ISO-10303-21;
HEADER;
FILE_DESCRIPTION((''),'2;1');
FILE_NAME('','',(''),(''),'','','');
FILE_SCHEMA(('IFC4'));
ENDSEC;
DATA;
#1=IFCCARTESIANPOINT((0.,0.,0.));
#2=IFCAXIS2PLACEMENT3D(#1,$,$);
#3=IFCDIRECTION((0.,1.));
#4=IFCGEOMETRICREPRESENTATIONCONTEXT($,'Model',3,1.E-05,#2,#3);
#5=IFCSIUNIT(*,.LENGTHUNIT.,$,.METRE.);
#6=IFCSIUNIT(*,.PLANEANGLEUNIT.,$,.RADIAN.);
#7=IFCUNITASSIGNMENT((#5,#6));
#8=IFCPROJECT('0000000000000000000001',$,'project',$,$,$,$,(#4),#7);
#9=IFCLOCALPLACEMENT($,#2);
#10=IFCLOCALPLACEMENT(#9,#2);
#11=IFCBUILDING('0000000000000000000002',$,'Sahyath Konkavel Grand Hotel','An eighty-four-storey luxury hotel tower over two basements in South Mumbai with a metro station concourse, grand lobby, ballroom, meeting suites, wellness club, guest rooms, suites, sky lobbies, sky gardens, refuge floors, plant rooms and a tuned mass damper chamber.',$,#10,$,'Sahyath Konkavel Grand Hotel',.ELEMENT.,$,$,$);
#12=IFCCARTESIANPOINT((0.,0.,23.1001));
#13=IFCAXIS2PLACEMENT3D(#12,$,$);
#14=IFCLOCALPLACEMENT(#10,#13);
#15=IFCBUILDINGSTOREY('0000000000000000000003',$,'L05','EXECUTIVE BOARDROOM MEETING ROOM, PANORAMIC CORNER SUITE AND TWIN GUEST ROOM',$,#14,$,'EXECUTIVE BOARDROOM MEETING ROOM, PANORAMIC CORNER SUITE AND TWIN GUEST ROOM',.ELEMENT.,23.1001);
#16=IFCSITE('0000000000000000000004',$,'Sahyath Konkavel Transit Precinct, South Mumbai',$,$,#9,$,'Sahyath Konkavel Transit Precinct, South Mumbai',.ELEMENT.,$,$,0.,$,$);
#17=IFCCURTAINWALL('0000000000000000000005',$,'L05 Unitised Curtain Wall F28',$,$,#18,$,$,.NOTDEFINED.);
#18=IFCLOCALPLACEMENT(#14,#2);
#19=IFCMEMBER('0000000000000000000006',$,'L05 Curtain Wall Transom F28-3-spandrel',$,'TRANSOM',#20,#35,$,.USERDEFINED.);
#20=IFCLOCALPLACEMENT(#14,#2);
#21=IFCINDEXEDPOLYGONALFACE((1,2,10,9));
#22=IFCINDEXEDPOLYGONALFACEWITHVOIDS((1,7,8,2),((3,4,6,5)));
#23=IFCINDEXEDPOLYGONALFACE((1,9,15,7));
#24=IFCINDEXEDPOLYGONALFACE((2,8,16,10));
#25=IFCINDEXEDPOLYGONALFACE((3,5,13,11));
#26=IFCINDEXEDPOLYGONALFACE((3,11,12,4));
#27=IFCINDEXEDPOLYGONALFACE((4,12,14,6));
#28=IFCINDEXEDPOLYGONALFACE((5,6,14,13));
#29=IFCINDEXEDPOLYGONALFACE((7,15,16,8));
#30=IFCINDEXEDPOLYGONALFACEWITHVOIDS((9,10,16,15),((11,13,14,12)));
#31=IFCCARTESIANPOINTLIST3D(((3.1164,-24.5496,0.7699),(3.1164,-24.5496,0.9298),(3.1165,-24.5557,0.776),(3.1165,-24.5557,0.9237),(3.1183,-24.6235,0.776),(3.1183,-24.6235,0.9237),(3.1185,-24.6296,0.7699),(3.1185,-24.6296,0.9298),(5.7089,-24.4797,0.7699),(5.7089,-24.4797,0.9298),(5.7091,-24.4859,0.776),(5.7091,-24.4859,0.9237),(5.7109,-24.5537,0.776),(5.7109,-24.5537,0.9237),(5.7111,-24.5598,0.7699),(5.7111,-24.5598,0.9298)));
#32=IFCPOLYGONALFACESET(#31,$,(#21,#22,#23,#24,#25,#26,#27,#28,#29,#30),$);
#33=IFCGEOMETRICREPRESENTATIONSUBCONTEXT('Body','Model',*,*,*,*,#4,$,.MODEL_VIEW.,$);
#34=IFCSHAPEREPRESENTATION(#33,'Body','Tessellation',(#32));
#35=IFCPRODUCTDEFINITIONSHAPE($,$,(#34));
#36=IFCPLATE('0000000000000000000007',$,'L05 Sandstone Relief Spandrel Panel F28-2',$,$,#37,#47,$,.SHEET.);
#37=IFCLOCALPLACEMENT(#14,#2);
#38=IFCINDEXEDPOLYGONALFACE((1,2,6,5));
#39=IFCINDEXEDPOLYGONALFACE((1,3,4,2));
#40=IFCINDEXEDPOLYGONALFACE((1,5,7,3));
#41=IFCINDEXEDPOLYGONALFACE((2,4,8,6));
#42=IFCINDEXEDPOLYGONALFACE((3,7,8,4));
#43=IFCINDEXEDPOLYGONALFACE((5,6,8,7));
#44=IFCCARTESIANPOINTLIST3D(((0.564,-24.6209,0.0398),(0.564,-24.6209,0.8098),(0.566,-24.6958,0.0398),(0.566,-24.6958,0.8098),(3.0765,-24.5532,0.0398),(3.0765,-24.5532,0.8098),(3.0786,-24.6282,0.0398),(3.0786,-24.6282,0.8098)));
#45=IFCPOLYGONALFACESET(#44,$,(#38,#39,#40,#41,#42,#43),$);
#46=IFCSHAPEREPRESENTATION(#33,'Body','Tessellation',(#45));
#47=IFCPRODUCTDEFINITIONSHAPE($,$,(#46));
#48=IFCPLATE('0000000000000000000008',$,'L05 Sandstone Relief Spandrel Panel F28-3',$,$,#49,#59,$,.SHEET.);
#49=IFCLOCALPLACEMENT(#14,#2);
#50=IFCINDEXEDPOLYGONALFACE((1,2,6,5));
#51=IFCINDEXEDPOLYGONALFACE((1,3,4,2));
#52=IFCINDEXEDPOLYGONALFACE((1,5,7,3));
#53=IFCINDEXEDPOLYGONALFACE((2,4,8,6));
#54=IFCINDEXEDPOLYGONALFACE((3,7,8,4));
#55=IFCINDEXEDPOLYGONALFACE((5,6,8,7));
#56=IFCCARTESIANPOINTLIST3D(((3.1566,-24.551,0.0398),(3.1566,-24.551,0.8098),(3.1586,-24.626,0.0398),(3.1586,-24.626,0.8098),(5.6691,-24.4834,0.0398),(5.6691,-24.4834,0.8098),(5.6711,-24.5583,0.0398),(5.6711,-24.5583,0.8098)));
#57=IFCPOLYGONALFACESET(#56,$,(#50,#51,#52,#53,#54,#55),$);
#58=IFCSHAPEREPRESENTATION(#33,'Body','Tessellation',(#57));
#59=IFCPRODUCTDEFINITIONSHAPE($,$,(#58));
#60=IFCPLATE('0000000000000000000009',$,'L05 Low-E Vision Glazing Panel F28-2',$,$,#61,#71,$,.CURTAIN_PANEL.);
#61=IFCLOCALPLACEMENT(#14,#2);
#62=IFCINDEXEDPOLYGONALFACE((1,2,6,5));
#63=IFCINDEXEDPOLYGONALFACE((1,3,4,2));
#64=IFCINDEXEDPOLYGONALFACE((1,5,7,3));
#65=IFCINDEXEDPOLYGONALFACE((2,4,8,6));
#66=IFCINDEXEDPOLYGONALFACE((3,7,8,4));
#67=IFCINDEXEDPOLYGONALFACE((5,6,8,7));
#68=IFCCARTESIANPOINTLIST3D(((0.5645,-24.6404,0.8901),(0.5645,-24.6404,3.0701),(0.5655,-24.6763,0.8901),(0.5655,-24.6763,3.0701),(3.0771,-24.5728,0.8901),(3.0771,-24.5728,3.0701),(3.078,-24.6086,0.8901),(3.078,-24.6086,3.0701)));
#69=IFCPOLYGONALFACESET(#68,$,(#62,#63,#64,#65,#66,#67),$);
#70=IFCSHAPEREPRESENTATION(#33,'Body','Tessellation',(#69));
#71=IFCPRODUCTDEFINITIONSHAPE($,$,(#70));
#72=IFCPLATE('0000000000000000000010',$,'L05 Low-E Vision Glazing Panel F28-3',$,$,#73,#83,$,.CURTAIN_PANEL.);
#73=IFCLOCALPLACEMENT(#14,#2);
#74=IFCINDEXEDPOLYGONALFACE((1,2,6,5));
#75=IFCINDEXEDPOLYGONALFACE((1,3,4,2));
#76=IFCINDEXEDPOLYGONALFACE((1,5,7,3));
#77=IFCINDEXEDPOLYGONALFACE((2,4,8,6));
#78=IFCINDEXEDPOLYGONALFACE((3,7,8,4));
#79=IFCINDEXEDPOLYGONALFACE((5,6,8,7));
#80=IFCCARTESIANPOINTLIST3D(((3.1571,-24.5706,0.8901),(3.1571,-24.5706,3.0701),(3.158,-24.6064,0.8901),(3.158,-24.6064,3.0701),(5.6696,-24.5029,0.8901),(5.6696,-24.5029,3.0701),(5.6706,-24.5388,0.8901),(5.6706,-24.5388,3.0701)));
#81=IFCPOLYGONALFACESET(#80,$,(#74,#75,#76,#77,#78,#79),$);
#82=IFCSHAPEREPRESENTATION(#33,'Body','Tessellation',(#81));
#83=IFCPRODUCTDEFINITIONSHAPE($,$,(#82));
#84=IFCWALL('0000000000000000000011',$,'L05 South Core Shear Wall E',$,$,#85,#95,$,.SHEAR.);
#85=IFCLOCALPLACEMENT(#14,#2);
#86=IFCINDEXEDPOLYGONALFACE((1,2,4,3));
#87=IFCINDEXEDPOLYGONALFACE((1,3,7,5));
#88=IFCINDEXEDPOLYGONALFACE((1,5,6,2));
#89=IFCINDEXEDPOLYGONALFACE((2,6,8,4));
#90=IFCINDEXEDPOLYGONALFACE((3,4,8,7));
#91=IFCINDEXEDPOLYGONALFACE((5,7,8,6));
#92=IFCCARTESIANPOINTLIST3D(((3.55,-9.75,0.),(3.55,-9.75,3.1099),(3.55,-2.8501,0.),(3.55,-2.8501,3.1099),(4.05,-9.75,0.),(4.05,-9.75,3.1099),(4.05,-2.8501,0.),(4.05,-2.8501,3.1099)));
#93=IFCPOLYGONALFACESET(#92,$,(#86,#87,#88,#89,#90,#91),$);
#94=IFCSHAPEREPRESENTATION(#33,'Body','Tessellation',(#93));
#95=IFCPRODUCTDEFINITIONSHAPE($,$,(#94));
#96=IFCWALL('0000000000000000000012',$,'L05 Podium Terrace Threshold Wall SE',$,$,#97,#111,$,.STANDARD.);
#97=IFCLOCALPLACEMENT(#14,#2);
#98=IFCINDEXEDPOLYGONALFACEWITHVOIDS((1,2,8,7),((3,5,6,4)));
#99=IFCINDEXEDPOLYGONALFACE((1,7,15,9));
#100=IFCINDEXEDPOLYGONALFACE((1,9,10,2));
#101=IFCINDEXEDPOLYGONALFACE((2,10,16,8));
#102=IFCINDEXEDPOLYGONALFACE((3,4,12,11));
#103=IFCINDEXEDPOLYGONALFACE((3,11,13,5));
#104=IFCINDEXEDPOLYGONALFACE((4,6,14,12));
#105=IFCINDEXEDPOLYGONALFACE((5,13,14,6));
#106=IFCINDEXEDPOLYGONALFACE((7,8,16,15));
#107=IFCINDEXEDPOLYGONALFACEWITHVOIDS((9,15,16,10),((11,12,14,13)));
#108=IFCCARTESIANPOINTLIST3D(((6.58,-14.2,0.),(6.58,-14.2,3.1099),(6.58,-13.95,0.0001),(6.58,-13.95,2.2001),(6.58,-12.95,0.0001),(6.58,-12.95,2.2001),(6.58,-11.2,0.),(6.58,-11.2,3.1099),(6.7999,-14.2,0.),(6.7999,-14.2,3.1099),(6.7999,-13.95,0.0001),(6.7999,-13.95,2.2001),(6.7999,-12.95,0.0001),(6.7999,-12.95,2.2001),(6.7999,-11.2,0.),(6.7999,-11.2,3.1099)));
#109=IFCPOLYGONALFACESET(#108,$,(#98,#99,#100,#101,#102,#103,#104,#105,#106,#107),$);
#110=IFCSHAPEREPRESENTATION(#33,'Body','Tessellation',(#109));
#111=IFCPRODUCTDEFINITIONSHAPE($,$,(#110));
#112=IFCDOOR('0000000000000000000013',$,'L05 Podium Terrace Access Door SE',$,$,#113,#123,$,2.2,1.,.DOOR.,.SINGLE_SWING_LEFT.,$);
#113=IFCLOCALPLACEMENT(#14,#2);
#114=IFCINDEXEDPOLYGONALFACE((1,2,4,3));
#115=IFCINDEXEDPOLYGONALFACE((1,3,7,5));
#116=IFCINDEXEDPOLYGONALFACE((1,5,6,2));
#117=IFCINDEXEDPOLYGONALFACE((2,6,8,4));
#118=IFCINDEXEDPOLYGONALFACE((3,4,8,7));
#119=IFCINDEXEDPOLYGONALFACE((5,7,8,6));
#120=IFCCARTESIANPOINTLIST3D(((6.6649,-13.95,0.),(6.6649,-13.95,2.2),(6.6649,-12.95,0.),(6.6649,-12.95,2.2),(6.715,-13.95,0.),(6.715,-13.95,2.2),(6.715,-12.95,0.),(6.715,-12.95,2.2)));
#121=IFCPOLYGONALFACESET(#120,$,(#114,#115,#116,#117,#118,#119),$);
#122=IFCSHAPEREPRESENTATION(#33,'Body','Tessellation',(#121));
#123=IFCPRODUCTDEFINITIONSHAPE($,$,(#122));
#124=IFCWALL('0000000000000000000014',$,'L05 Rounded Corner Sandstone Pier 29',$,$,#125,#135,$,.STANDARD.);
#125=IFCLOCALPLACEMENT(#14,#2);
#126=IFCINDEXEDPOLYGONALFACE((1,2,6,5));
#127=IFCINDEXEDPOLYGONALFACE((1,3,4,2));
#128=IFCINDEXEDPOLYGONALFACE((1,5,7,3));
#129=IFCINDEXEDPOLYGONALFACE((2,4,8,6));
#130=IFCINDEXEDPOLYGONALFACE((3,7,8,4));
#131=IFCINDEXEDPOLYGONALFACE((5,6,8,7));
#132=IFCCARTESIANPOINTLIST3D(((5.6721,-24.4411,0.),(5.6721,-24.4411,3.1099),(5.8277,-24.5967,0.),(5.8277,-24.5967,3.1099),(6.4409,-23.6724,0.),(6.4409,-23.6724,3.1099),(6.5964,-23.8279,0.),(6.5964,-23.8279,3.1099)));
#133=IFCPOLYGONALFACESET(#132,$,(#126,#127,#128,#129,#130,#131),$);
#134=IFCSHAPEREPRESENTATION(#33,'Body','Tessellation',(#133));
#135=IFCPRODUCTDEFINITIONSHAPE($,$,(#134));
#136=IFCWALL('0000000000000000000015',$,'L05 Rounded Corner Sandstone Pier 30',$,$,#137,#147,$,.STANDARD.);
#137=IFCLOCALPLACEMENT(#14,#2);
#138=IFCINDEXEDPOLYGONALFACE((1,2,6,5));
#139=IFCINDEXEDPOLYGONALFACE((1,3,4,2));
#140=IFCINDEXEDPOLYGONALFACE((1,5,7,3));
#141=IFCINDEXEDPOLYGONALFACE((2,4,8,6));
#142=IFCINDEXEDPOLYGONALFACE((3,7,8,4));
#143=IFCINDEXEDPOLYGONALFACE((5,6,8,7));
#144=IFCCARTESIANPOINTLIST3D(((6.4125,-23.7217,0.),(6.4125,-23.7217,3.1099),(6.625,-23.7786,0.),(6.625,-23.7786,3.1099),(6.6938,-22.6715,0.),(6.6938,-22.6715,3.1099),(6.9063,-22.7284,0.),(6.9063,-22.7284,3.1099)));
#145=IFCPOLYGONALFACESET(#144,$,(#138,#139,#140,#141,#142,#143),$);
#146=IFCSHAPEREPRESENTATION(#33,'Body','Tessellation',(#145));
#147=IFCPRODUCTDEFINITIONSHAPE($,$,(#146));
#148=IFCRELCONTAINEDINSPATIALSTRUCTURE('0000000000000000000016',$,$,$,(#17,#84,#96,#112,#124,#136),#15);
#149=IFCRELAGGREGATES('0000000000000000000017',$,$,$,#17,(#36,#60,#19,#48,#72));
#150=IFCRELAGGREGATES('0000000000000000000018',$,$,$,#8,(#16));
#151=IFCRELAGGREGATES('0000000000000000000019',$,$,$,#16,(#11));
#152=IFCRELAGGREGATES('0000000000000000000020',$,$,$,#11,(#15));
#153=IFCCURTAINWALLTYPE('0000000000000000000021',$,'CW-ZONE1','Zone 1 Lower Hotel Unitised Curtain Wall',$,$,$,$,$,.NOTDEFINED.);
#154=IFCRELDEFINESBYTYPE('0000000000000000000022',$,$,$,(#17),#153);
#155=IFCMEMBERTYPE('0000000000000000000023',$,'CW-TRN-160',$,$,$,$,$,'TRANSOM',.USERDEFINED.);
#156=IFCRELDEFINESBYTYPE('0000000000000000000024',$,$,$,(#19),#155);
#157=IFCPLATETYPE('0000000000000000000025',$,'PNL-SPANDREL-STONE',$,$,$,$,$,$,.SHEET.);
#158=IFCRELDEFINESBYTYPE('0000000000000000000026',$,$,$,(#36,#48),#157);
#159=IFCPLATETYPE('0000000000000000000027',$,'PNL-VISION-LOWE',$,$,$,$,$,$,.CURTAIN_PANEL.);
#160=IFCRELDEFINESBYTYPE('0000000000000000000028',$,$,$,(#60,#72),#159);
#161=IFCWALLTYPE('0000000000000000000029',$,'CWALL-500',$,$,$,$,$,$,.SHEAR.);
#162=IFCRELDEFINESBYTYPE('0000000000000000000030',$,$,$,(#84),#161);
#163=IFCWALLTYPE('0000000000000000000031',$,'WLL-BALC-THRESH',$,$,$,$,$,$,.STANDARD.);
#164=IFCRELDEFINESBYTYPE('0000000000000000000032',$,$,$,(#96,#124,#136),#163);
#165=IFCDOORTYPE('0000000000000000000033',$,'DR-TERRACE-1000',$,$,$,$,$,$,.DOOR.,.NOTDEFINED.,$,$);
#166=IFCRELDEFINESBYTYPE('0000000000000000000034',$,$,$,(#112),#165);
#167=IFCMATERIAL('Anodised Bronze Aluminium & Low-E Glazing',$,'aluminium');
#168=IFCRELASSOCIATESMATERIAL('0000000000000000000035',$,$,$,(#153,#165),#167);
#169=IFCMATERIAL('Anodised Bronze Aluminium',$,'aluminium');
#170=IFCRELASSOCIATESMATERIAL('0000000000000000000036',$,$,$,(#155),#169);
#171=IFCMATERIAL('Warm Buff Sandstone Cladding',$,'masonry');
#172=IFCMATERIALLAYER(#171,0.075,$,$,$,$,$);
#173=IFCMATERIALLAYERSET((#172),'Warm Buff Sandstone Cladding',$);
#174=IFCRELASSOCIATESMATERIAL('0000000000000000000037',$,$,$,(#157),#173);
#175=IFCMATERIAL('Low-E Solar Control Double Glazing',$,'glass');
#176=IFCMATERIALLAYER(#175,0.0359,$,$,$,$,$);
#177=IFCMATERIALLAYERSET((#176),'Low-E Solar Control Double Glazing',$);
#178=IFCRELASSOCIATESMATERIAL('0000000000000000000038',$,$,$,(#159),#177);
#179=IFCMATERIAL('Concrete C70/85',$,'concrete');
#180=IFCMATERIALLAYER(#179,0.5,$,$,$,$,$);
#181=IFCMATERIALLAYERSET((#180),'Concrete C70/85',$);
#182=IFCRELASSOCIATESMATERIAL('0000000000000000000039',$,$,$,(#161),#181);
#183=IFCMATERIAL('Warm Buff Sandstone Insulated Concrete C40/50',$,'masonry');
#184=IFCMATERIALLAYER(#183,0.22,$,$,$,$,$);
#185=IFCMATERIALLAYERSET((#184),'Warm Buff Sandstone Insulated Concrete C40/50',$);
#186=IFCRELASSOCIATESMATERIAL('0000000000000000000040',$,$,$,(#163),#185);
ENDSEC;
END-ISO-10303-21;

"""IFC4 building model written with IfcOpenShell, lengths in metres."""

from ifc_helpers import new_model, si_unit, direction, frame, frame_2d, origin, origin_2d, place, context, subcontext, project, spatial, rectangle, hollow_rectangle, extrude, source, transform, mapped, material, layer, layer_set, material_profile, profile_set, type_object, element, fill, aggregate, save


model = new_model("IFC4")

# Units and contexts
model_context = context("Model", 3, precision=1e-05, world=origin(), true_north=direction((0.0, 1.0)))
body_context = subcontext(model_context, "Body", "Model", "MODEL_VIEW")
ifc_project = project(units=[si_unit("LENGTHUNIT", "METRE"), si_unit("PLANEANGLEUNIT", "RADIAN")], contexts=[model_context])

# Site, building, storey
site_placement = place(None, origin())
site = spatial("IfcSite", under=ifc_project, at=site_placement, Name="Sahyath Konkavel Transit Precinct, South Mumbai", LongName="Sahyath Konkavel Transit Precinct, South Mumbai", CompositionType="ELEMENT", RefElevation=0.0)
building_placement = place(site_placement, origin())
building = spatial("IfcBuilding", under=site, at=building_placement, Name="Sahyath Konkavel Grand Hotel", Description="An eighty-four-storey luxury hotel tower over two basements in South Mumbai with a metro station concourse, grand lobby, ballroom, meeting suites, wellness club, guest rooms, suites, sky lobbies, sky gardens, refuge floors, plant rooms and a tuned mass damper chamber.", LongName="Sahyath Konkavel Grand Hotel", CompositionType="ELEMENT")
storey_placement = place(building_placement, frame((0.0, 0.0, 23.1001)))
storey = spatial("IfcBuildingStorey", under=building, at=storey_placement, Name="L05", Description="EXECUTIVE BOARDROOM MEETING ROOM, PANORAMIC CORNER SUITE AND TWIN GUEST ROOM", LongName="EXECUTIVE BOARDROOM MEETING ROOM, PANORAMIC CORNER SUITE AND TWIN GUEST ROOM", CompositionType="ELEMENT", Elevation=23.1001)

# Shared definitions
ifc_material_1 = material(Name="Concrete C70/85", Category="concrete")

# Curtain wall, member, plates
ifc_material_2 = material(Name="Anodised Bronze Aluminium & Low-E Glazing", Category="aluminium")
curtain_wall_type = type_object("IfcCurtainWallType", Name="CW-ZONE1", Description="Zone 1 Lower Hotel Unitised Curtain Wall", PredefinedType="NOTDEFINED", material=ifc_material_2)
curtain_wall_placement = place(storey_placement, origin())
curtain_wall = element("IfcCurtainWall", 1, at=curtain_wall_placement, inside=storey, type_object=curtain_wall_type, Name="L05 Unitised Curtain Wall F28", PredefinedType="NOTDEFINED")
ifc_material_3 = material(Name="Anodised Bronze Aluminium", Category="aluminium")
ifc_material_profile_1 = material_profile(ifc_material_3, hollow_rectangle(XDim=0.0801, YDim=0.1599, WallThickness=0.0061, at=origin_2d()), Name="RHS 160x80x6")
ifc_profile_set_1 = profile_set([ifc_material_profile_1], Name="Anodised Bronze Aluminium")
member_type_1 = type_object("IfcMemberType", Name="CW-TRN-160", ElementType="TRANSOM", PredefinedType="USERDEFINED", material=ifc_profile_set_1)
shared_shape_1 = source(origin(), body_context, "Body", "SweptSolid", [
    extrude(hollow_rectangle(XDim=0.0801, YDim=0.1599, WallThickness=0.0061, at=origin_2d()), origin(), (0.0, 0.0, 1.0), 2.5935),
])
member_1_placement = place(storey_placement, frame((3.1174, -24.5896, 0.8499), z_axis=(0.999638, 0.026923, 0.0), x_axis=(-0.026923, 0.999638, 0.0)))
member_1 = element("IfcMember", 2, at=member_1_placement, type_object=member_type_1, Name="L05 Curtain Wall Transom F28-3-spandrel", ObjectType="TRANSOM", PredefinedType="USERDEFINED", context=body_context, shape_type="MappedRepresentation", body=[
    mapped(shared_shape_1, transform((0.0, 0.0, 0.0), scale=1.0)),
])
ifc_material_4 = material(Name="Warm Buff Sandstone Cladding", Category="masonry")
ifc_layer_1 = layer(ifc_material_4, 0.075)
ifc_layer_set_1 = layer_set([ifc_layer_1], Name="Warm Buff Sandstone Cladding")
plate_type_1 = type_object("IfcPlateType", Name="PNL-SPANDREL-STONE", PredefinedType="SHEET", material=ifc_layer_set_1)
shared_shape_2 = source(origin(), body_context, "Body", "SweptSolid", [
    extrude(rectangle(XDim=2.5134, YDim=0.075, at=origin_2d()), origin(), (0.0, 0.0, 1.0), 0.77),
])
plate_1_placement = place(storey_placement, frame((1.8213, -24.6245, 0.0398), z_axis=(0.0, 0.0, 1.0), x_axis=(0.999638, 0.02691, 0.0)))
plate_1 = element("IfcPlate", 3, at=plate_1_placement, type_object=plate_type_1, Name="L05 Sandstone Relief Spandrel Panel F28-2", PredefinedType="SHEET", context=body_context, shape_type="MappedRepresentation", body=[
    mapped(shared_shape_2, transform((0.0, 0.0, 0.0), scale=1.0)),
])
plate_2_placement = place(storey_placement, frame((4.4138, -24.5547, 0.0398), z_axis=(0.0, 0.0, 1.0), x_axis=(0.999638, 0.02691, 0.0)))
plate_2 = element("IfcPlate", 4, at=plate_2_placement, type_object=plate_type_1, Name="L05 Sandstone Relief Spandrel Panel F28-3", PredefinedType="SHEET", context=body_context, shape_type="MappedRepresentation", body=[
    mapped(shared_shape_2, transform((0.0, 0.0, 0.0), scale=1.0)),
])
ifc_material_5 = material(Name="Low-E Solar Control Double Glazing", Category="glass")
ifc_layer_2 = layer(ifc_material_5, 0.0359)
ifc_layer_set_2 = layer_set([ifc_layer_2], Name="Low-E Solar Control Double Glazing")
plate_type_2 = type_object("IfcPlateType", Name="PNL-VISION-LOWE", PredefinedType="CURTAIN_PANEL", material=ifc_layer_set_2)
shared_shape_3 = source(origin(), body_context, "Body", "SweptSolid", [
    extrude(rectangle(XDim=2.5134, YDim=0.0359, at=origin_2d()), origin(), (0.0, 0.0, 1.0), 2.1799),
])
plate_3_placement = place(storey_placement, frame((1.8213, -24.6245, 0.8901), z_axis=(0.0, 0.0, 1.0), x_axis=(0.999638, 0.02691, 0.0)))
plate_3 = element("IfcPlate", 5, at=plate_3_placement, type_object=plate_type_2, Name="L05 Low-E Vision Glazing Panel F28-2", PredefinedType="CURTAIN_PANEL", context=body_context, shape_type="MappedRepresentation", body=[
    mapped(shared_shape_3, transform((0.0, 0.0, 0.0), scale=1.0)),
])
plate_4_placement = place(storey_placement, frame((4.4138, -24.5547, 0.8901), z_axis=(0.0, 0.0, 1.0), x_axis=(0.999638, 0.02691, 0.0)))
plate_4 = element("IfcPlate", 6, at=plate_4_placement, type_object=plate_type_2, Name="L05 Low-E Vision Glazing Panel F28-3", PredefinedType="CURTAIN_PANEL", context=body_context, shape_type="MappedRepresentation", body=[
    mapped(shared_shape_3, transform((0.0, 0.0, 0.0), scale=1.0)),
])
aggregate(curtain_wall, [plate_1, plate_3, member_1, plate_2, plate_4])

# Wall
ifc_layer_3 = layer(ifc_material_1, 0.5)
ifc_layer_set_3 = layer_set([ifc_layer_3], Name="Concrete C70/85")
wall_type_1 = type_object("IfcWallType", Name="CWALL-500", PredefinedType="SHEAR", material=ifc_layer_set_3)
wall_1_placement = place(storey_placement, frame((3.8, -9.75, 0.0), z_axis=(0.0, 0.0, 1.0), x_axis=(0.0, 1.0, 0.0)))
element("IfcWall", 7, at=wall_1_placement, inside=storey, type_object=wall_type_1, Name="L05 South Core Shear Wall E", PredefinedType="SHEAR", context=body_context, shape_type="SweptSolid", body=[
    extrude(rectangle(XDim=6.8999, YDim=0.5, at=frame_2d((3.45, 0.0))), origin(), (0.0, 0.0, 1.0), 3.1099),
])

# Wall, opening, door
ifc_material_6 = material(Name="Warm Buff Sandstone Insulated Concrete C40/50", Category="masonry")
ifc_layer_4 = layer(ifc_material_6, 0.22)
ifc_layer_set_4 = layer_set([ifc_layer_4], Name="Warm Buff Sandstone Insulated Concrete C40/50")
wall_type_2 = type_object("IfcWallType", Name="WLL-BALC-THRESH", PredefinedType="STANDARD", material=ifc_layer_set_4)
wall_2_placement = place(storey_placement, frame((6.6899, -14.2, 0.0), z_axis=(0.0, 0.0, 1.0), x_axis=(0.0, 1.0, 0.0)))
wall_2 = element("IfcWall", 8, at=wall_2_placement, inside=storey, type_object=wall_type_2, Name="L05 Podium Terrace Threshold Wall SE", PredefinedType="STANDARD", context=body_context, shape_type="SweptSolid", body=[
    extrude(rectangle(XDim=3.0, YDim=0.22, at=frame_2d((1.5, 0.0))), origin(), (0.0, 0.0, 1.0), 3.1099),
])
opening_1_placement = place(wall_2_placement, frame((0.25, 0.0, 0.0)))
opening_1 = element("IfcOpeningElement", 9, at=opening_1_placement, cuts=wall_2, PredefinedType="OPENING", context=body_context, shape_type="SweptSolid", body=[
    extrude(rectangle(XDim=1.0, YDim=2.2, at=frame_2d((0.5, 1.1001))), frame((0.0, 0.1201, 0.0), z_axis=(0.0, -1.0, 0.0), x_axis=(1.0, 0.0, 0.0)), (0.0, 0.0, 1.0), 0.24),
])
door_type_1 = type_object("IfcDoorType", Name="DR-TERRACE-1000", OperationType="NOTDEFINED", PredefinedType="DOOR", material=ifc_material_2)
shared_shape_4 = source(origin(), body_context, "Body", "SweptSolid", [
    extrude(rectangle(XDim=1.0, YDim=0.05, at=origin_2d()), origin(), (0.0, 0.0, 1.0), 2.2),
])
door_1_placement = place(opening_1_placement, frame((0.5, 0.0, 0.0)))
door_1 = element("IfcDoor", 10, at=door_1_placement, inside=storey, type_object=door_type_1, Name="L05 Podium Terrace Access Door SE", OperationType="SINGLE_SWING_LEFT", OverallHeight=2.2, OverallWidth=1.0, PredefinedType="DOOR", context=body_context, shape_type="MappedRepresentation", body=[
    mapped(shared_shape_4, transform((0.0, 0.0, 0.0), scale=1.0)),
])
fill(opening_1, door_1)

# Walls
for number, where, z_axis, x_axis, name in (
    (11, (5.75, -24.5188, 0.0), (0.0, 0.0, 1.0), (0.707107, 0.707107, 0.0), "L05 Rounded Corner Sandstone Pier 29"),
    (12, (6.5188, -23.75, 0.0), (0.0, 0.0, 1.0), (0.258725, 0.965951, 0.0), "L05 Rounded Corner Sandstone Pier 30"),
):
    element("IfcWall", number, at=place(storey_placement, frame(where, z_axis=z_axis, x_axis=x_axis)), inside=storey, type_object=wall_type_2, Name=name, PredefinedType="STANDARD", context=body_context, shape_type="SweptSolid", body=[
        extrude(rectangle(XDim=1.0872, YDim=0.22, at=frame_2d((0.5435, 0.0))), origin(), (0.0, 0.0, 1.0), 3.1099),
    ])

save(model, "model.ifc")
